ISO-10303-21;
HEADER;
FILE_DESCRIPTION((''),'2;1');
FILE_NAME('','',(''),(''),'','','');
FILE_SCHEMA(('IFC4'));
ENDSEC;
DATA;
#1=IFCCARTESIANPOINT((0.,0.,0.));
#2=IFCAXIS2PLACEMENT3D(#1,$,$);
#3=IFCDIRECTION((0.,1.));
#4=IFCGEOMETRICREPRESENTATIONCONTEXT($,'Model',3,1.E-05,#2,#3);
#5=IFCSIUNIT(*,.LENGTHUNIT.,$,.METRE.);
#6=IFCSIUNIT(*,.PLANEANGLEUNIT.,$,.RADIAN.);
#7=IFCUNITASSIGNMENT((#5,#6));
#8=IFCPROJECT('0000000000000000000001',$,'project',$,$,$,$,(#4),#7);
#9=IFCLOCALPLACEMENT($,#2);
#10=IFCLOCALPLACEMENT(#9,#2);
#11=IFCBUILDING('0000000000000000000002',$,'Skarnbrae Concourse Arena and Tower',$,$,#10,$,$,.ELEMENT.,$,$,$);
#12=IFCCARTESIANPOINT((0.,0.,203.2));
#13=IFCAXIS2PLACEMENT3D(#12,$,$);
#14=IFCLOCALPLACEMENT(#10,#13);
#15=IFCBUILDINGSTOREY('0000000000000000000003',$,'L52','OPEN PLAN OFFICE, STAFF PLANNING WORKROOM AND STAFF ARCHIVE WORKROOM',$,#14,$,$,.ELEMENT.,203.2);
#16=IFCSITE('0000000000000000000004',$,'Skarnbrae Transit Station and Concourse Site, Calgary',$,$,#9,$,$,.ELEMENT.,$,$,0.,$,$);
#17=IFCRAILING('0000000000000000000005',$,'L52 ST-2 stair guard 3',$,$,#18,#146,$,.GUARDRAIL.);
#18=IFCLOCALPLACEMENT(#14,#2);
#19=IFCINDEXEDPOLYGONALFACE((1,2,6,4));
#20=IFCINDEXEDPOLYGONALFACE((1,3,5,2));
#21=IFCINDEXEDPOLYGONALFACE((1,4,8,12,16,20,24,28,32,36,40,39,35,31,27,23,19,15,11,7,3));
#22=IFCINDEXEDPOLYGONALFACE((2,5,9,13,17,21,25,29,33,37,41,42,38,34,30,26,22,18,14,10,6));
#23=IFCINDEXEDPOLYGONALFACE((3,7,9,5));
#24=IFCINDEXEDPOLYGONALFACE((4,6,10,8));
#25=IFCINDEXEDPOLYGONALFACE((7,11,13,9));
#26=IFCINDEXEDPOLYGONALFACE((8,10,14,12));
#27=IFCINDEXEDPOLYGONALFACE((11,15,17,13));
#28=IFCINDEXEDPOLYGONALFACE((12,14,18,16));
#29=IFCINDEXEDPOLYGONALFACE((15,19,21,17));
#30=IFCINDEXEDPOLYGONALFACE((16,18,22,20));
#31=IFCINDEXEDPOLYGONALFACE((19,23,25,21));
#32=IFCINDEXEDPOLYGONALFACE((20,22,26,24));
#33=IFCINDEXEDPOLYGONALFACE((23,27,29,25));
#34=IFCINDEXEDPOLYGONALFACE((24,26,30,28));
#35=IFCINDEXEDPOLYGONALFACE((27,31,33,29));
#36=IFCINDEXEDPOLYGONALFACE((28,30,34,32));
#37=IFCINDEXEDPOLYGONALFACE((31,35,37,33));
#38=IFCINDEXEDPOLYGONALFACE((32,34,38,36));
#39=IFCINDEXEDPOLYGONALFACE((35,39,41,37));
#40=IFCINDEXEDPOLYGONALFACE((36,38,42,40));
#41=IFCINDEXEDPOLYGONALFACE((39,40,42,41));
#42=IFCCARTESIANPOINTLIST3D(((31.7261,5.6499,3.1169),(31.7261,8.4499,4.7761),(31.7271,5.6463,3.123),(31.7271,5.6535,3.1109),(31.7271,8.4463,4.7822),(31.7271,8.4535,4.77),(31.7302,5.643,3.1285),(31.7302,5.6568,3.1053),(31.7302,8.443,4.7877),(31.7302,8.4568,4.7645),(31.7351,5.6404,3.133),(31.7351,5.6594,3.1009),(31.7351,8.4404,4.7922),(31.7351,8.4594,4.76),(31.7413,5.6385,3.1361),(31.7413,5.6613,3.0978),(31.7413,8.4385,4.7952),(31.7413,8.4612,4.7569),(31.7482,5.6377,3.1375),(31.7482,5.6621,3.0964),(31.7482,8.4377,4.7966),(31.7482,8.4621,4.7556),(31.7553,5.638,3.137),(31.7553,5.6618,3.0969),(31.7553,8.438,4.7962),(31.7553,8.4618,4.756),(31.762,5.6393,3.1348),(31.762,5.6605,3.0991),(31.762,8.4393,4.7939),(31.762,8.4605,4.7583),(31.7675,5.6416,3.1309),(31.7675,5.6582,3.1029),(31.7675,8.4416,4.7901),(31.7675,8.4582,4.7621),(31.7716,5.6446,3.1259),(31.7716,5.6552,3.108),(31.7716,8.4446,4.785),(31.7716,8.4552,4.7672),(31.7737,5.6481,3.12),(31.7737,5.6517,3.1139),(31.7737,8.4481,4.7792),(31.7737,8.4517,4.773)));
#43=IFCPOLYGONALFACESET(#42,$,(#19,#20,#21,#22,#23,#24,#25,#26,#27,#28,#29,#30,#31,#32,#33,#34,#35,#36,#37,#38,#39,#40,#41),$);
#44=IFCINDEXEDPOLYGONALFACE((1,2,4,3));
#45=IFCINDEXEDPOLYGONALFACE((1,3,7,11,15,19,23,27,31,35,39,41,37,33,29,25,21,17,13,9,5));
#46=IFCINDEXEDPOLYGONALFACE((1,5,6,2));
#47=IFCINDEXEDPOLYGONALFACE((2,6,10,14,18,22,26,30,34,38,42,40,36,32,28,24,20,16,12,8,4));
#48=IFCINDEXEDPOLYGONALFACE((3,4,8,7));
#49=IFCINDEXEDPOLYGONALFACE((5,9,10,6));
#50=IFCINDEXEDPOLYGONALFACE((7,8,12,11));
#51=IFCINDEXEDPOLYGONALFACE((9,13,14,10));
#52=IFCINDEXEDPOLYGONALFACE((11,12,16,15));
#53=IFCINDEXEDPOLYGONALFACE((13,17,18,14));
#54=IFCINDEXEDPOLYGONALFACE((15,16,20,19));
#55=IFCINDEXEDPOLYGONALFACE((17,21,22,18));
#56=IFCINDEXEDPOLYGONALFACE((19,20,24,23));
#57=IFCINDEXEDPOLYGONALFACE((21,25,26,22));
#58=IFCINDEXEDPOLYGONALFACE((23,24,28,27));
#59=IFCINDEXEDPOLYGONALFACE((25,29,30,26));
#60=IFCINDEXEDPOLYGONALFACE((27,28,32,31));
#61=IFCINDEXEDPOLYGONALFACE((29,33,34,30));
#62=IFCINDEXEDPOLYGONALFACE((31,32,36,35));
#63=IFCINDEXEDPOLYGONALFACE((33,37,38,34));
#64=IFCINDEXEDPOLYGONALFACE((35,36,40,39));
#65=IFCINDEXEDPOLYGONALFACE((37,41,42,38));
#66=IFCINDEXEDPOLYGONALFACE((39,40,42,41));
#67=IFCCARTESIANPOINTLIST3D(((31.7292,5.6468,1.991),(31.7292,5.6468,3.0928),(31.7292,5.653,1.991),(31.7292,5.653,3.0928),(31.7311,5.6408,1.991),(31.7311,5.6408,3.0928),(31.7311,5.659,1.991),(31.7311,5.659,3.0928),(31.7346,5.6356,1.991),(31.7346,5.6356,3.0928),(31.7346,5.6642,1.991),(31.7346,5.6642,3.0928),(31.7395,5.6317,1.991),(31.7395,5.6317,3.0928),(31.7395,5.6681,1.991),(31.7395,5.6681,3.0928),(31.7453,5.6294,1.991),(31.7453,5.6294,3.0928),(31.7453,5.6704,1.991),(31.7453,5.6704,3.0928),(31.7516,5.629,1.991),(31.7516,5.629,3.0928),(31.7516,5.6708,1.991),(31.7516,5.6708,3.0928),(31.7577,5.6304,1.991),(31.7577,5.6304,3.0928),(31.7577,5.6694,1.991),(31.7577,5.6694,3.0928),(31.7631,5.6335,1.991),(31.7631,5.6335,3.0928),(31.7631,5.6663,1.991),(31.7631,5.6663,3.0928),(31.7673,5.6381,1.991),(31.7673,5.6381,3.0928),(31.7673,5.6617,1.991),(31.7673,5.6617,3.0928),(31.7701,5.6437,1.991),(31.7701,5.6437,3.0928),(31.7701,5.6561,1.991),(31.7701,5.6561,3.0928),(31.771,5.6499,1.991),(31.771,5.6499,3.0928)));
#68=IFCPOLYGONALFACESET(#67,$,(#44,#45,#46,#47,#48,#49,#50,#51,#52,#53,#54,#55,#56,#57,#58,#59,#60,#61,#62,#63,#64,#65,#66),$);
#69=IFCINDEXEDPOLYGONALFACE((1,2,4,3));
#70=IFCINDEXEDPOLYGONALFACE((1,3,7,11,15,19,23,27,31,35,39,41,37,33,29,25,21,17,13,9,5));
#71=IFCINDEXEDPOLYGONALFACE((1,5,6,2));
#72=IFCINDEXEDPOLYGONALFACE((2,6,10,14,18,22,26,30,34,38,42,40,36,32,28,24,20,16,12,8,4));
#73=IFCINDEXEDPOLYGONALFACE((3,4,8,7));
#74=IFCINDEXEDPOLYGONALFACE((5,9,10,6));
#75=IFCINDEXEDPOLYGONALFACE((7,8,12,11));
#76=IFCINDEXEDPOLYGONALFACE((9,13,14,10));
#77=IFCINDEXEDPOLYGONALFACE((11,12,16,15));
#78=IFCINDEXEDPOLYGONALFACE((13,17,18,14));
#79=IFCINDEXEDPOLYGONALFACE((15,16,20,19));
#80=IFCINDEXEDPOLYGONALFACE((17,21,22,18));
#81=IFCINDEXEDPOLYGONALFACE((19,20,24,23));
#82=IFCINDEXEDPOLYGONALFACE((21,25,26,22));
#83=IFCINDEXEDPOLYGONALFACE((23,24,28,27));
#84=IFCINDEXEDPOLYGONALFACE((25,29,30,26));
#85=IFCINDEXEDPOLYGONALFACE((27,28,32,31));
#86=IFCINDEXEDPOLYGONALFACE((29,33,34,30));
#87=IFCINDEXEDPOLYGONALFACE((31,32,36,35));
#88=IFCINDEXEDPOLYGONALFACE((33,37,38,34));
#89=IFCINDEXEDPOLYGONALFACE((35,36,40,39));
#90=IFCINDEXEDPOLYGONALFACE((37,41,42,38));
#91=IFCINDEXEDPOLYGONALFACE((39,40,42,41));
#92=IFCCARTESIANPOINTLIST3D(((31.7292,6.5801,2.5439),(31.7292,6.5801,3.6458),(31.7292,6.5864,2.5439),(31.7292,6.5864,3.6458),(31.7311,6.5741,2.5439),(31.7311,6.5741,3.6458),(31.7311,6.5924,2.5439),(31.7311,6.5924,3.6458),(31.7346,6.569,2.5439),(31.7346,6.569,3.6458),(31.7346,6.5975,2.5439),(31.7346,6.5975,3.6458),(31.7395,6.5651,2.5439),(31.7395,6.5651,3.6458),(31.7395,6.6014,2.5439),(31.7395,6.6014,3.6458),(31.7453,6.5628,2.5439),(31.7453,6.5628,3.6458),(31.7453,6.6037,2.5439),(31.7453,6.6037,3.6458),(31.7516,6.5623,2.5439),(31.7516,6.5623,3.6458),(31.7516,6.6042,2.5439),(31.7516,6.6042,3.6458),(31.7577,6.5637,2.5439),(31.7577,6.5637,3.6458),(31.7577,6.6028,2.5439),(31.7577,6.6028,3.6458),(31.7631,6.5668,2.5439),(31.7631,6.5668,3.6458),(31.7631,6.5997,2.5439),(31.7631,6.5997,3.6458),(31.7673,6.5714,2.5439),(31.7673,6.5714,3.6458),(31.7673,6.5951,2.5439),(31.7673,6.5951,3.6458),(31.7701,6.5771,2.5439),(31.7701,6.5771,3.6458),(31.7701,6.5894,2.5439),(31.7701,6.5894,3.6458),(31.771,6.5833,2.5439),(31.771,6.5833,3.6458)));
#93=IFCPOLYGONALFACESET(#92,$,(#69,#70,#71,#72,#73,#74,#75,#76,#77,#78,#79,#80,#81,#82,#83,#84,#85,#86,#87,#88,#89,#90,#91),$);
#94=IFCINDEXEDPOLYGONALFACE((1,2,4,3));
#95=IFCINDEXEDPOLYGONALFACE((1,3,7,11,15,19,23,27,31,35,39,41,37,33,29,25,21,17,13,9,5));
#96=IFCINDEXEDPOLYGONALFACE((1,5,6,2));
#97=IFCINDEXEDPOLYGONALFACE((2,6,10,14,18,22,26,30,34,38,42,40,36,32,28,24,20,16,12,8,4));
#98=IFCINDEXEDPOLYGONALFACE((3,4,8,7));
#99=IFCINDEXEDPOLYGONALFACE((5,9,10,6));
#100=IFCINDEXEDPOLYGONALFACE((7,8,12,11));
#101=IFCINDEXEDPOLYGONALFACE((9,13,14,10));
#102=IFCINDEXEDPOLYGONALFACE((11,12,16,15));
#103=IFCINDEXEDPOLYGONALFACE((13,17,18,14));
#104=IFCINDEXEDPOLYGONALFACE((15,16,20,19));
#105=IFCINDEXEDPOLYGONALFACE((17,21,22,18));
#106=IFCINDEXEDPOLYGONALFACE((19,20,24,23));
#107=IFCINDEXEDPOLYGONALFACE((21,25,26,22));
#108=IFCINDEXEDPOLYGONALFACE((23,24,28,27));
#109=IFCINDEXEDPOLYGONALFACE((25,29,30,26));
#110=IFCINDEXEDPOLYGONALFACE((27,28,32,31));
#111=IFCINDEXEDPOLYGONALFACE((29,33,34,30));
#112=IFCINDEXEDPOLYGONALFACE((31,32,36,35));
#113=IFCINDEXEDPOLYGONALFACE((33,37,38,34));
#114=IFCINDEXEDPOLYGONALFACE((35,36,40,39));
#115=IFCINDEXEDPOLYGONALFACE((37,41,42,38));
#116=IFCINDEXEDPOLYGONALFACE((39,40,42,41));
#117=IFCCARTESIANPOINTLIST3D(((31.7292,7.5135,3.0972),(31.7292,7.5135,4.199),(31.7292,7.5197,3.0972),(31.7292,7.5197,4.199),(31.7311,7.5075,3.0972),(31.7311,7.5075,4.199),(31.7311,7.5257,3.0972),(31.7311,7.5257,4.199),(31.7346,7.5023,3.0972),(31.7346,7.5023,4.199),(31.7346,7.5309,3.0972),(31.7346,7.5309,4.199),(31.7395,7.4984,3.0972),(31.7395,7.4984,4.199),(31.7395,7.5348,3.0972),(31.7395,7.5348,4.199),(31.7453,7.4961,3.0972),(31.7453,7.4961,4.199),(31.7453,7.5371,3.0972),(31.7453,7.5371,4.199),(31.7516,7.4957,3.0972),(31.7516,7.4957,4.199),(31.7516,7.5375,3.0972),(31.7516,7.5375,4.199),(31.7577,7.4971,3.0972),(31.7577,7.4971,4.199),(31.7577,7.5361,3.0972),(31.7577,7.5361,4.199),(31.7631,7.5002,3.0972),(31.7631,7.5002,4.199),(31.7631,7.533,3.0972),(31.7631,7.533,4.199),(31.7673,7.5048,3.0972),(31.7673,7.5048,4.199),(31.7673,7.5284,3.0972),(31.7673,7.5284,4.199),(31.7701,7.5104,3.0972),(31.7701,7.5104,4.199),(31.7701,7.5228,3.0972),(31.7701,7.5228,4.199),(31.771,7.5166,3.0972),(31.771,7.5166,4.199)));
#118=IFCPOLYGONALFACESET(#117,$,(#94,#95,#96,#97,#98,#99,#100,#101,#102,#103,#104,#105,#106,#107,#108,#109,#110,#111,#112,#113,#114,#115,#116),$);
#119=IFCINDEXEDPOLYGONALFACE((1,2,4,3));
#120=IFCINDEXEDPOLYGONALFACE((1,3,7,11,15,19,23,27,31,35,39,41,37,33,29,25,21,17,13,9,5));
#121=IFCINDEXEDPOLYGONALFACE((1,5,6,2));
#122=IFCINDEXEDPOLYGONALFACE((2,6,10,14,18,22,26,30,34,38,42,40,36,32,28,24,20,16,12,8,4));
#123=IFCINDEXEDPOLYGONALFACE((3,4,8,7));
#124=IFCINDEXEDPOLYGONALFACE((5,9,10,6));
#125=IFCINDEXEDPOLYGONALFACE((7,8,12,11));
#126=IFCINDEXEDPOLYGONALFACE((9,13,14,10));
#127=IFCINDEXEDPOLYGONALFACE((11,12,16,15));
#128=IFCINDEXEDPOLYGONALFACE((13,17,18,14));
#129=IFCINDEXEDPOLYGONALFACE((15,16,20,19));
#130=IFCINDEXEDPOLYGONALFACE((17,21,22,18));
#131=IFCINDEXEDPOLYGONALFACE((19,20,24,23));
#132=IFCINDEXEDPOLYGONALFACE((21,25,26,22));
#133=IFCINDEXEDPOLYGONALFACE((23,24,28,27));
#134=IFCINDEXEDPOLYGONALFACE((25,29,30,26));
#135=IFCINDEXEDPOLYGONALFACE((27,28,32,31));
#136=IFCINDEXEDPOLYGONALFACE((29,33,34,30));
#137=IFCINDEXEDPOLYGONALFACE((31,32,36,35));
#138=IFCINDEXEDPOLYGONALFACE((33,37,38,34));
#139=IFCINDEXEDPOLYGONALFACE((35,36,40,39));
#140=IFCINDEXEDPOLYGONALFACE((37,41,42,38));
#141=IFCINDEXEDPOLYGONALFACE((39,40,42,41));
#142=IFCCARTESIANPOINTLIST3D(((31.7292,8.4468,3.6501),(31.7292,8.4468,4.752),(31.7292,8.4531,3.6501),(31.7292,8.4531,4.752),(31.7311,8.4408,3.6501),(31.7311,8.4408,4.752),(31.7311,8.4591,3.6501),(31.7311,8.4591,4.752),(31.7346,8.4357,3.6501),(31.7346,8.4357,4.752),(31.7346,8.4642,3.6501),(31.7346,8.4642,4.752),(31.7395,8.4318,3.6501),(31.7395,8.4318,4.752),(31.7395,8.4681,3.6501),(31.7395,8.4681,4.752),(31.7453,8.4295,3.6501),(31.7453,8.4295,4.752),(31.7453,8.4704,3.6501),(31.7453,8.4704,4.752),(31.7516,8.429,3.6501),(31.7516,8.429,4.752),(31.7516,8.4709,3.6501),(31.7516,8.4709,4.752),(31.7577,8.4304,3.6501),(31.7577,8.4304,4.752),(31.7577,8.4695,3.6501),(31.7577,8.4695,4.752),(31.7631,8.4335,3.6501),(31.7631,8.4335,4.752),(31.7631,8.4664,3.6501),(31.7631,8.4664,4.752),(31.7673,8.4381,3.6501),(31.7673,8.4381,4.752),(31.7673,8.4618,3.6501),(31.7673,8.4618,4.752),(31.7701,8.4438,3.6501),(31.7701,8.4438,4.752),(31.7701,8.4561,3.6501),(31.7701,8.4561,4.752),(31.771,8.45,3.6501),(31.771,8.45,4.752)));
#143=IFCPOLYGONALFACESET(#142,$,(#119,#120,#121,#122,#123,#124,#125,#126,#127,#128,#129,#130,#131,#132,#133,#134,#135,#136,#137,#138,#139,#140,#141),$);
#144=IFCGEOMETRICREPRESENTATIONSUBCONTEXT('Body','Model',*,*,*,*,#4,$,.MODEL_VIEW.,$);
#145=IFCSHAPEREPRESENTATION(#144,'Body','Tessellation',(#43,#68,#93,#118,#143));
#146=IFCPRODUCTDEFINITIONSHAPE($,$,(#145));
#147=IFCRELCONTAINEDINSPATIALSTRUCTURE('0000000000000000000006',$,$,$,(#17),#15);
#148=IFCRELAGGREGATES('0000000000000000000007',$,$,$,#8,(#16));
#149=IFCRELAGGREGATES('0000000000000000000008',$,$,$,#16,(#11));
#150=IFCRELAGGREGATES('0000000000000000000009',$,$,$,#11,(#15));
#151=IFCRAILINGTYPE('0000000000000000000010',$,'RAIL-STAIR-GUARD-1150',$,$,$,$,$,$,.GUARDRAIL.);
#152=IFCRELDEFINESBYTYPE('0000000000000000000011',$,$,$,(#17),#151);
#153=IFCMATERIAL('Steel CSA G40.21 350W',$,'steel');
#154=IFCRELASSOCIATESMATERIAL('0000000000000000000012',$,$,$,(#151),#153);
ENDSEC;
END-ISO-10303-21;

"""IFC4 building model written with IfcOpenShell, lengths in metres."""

from ifc_helpers import new_model, si_unit, direction, frame, origin, origin_2d, place, context, subcontext, project, spatial, circle, extrude, material, type_object, element, save


model = new_model("IFC4")

# Units and contexts
model_context = context("Model", 3, precision=1e-05, world=origin(), true_north=direction((0.0, 1.0)))
body_context = subcontext(model_context, "Body", "Model", "MODEL_VIEW")
ifc_project = project(units=[si_unit("LENGTHUNIT", "METRE"), si_unit("PLANEANGLEUNIT", "RADIAN")], contexts=[model_context])

# Site, building, storey
site_placement = place(None, origin())
site = spatial("IfcSite", under=ifc_project, at=site_placement, Name="Skarnbrae Transit Station and Concourse Site, Calgary", CompositionType="ELEMENT", RefElevation=0.0)
building_placement = place(site_placement, origin())
building = spatial("IfcBuilding", under=site, at=building_placement, Name="Skarnbrae Concourse Arena and Tower", CompositionType="ELEMENT")
storey_placement = place(building_placement, frame((0.0, 0.0, 203.2)))
storey = spatial("IfcBuildingStorey", under=building, at=storey_placement, Name="L52", Description="OPEN PLAN OFFICE, STAFF PLANNING WORKROOM AND STAFF ARCHIVE WORKROOM", CompositionType="ELEMENT", Elevation=203.2)

# Shared definitions
ifc_material_1 = material(Name="Steel CSA G40.21 350W", Category="steel")

# Railing
railing_type_1 = type_object("IfcRailingType", Name="RAIL-STAIR-GUARD-1150", PredefinedType="GUARDRAIL", material=ifc_material_1)
railing_1_placement = place(storey_placement, frame((31.75, 5.6499, 1.991)))
element("IfcRailing", 1, at=railing_1_placement, inside=storey, type_object=railing_type_1, Name="L52 ST-2 stair guard 3", PredefinedType="GUARDRAIL", context=body_context, shape_type="SweptSolid", body=[
    extrude(circle(Radius=0.0239, at=origin_2d()), frame((0.0, 0.0, 1.126), z_axis=(0.0, 0.860306, 0.509778), x_axis=(-1.0, 0.0, 0.0)), (0.0, 0.0, 1.0), 3.2546),
    extrude(circle(Radius=0.021, at=origin_2d()), origin(), (0.0, 0.0, 1.0), 1.1018),
    extrude(circle(Radius=0.021, at=origin_2d()), frame((0.0, 0.9333, 0.553)), (0.0, 0.0, 1.0), 1.1018),
    extrude(circle(Radius=0.021, at=origin_2d()), frame((0.0, 1.8667, 1.1062)), (0.0, 0.0, 1.0), 1.1018),
    extrude(circle(Radius=0.021, at=origin_2d()), frame((0.0, 2.8, 1.6592)), (0.0, 0.0, 1.0), 1.1018),
])

save(model, "model.ifc")
